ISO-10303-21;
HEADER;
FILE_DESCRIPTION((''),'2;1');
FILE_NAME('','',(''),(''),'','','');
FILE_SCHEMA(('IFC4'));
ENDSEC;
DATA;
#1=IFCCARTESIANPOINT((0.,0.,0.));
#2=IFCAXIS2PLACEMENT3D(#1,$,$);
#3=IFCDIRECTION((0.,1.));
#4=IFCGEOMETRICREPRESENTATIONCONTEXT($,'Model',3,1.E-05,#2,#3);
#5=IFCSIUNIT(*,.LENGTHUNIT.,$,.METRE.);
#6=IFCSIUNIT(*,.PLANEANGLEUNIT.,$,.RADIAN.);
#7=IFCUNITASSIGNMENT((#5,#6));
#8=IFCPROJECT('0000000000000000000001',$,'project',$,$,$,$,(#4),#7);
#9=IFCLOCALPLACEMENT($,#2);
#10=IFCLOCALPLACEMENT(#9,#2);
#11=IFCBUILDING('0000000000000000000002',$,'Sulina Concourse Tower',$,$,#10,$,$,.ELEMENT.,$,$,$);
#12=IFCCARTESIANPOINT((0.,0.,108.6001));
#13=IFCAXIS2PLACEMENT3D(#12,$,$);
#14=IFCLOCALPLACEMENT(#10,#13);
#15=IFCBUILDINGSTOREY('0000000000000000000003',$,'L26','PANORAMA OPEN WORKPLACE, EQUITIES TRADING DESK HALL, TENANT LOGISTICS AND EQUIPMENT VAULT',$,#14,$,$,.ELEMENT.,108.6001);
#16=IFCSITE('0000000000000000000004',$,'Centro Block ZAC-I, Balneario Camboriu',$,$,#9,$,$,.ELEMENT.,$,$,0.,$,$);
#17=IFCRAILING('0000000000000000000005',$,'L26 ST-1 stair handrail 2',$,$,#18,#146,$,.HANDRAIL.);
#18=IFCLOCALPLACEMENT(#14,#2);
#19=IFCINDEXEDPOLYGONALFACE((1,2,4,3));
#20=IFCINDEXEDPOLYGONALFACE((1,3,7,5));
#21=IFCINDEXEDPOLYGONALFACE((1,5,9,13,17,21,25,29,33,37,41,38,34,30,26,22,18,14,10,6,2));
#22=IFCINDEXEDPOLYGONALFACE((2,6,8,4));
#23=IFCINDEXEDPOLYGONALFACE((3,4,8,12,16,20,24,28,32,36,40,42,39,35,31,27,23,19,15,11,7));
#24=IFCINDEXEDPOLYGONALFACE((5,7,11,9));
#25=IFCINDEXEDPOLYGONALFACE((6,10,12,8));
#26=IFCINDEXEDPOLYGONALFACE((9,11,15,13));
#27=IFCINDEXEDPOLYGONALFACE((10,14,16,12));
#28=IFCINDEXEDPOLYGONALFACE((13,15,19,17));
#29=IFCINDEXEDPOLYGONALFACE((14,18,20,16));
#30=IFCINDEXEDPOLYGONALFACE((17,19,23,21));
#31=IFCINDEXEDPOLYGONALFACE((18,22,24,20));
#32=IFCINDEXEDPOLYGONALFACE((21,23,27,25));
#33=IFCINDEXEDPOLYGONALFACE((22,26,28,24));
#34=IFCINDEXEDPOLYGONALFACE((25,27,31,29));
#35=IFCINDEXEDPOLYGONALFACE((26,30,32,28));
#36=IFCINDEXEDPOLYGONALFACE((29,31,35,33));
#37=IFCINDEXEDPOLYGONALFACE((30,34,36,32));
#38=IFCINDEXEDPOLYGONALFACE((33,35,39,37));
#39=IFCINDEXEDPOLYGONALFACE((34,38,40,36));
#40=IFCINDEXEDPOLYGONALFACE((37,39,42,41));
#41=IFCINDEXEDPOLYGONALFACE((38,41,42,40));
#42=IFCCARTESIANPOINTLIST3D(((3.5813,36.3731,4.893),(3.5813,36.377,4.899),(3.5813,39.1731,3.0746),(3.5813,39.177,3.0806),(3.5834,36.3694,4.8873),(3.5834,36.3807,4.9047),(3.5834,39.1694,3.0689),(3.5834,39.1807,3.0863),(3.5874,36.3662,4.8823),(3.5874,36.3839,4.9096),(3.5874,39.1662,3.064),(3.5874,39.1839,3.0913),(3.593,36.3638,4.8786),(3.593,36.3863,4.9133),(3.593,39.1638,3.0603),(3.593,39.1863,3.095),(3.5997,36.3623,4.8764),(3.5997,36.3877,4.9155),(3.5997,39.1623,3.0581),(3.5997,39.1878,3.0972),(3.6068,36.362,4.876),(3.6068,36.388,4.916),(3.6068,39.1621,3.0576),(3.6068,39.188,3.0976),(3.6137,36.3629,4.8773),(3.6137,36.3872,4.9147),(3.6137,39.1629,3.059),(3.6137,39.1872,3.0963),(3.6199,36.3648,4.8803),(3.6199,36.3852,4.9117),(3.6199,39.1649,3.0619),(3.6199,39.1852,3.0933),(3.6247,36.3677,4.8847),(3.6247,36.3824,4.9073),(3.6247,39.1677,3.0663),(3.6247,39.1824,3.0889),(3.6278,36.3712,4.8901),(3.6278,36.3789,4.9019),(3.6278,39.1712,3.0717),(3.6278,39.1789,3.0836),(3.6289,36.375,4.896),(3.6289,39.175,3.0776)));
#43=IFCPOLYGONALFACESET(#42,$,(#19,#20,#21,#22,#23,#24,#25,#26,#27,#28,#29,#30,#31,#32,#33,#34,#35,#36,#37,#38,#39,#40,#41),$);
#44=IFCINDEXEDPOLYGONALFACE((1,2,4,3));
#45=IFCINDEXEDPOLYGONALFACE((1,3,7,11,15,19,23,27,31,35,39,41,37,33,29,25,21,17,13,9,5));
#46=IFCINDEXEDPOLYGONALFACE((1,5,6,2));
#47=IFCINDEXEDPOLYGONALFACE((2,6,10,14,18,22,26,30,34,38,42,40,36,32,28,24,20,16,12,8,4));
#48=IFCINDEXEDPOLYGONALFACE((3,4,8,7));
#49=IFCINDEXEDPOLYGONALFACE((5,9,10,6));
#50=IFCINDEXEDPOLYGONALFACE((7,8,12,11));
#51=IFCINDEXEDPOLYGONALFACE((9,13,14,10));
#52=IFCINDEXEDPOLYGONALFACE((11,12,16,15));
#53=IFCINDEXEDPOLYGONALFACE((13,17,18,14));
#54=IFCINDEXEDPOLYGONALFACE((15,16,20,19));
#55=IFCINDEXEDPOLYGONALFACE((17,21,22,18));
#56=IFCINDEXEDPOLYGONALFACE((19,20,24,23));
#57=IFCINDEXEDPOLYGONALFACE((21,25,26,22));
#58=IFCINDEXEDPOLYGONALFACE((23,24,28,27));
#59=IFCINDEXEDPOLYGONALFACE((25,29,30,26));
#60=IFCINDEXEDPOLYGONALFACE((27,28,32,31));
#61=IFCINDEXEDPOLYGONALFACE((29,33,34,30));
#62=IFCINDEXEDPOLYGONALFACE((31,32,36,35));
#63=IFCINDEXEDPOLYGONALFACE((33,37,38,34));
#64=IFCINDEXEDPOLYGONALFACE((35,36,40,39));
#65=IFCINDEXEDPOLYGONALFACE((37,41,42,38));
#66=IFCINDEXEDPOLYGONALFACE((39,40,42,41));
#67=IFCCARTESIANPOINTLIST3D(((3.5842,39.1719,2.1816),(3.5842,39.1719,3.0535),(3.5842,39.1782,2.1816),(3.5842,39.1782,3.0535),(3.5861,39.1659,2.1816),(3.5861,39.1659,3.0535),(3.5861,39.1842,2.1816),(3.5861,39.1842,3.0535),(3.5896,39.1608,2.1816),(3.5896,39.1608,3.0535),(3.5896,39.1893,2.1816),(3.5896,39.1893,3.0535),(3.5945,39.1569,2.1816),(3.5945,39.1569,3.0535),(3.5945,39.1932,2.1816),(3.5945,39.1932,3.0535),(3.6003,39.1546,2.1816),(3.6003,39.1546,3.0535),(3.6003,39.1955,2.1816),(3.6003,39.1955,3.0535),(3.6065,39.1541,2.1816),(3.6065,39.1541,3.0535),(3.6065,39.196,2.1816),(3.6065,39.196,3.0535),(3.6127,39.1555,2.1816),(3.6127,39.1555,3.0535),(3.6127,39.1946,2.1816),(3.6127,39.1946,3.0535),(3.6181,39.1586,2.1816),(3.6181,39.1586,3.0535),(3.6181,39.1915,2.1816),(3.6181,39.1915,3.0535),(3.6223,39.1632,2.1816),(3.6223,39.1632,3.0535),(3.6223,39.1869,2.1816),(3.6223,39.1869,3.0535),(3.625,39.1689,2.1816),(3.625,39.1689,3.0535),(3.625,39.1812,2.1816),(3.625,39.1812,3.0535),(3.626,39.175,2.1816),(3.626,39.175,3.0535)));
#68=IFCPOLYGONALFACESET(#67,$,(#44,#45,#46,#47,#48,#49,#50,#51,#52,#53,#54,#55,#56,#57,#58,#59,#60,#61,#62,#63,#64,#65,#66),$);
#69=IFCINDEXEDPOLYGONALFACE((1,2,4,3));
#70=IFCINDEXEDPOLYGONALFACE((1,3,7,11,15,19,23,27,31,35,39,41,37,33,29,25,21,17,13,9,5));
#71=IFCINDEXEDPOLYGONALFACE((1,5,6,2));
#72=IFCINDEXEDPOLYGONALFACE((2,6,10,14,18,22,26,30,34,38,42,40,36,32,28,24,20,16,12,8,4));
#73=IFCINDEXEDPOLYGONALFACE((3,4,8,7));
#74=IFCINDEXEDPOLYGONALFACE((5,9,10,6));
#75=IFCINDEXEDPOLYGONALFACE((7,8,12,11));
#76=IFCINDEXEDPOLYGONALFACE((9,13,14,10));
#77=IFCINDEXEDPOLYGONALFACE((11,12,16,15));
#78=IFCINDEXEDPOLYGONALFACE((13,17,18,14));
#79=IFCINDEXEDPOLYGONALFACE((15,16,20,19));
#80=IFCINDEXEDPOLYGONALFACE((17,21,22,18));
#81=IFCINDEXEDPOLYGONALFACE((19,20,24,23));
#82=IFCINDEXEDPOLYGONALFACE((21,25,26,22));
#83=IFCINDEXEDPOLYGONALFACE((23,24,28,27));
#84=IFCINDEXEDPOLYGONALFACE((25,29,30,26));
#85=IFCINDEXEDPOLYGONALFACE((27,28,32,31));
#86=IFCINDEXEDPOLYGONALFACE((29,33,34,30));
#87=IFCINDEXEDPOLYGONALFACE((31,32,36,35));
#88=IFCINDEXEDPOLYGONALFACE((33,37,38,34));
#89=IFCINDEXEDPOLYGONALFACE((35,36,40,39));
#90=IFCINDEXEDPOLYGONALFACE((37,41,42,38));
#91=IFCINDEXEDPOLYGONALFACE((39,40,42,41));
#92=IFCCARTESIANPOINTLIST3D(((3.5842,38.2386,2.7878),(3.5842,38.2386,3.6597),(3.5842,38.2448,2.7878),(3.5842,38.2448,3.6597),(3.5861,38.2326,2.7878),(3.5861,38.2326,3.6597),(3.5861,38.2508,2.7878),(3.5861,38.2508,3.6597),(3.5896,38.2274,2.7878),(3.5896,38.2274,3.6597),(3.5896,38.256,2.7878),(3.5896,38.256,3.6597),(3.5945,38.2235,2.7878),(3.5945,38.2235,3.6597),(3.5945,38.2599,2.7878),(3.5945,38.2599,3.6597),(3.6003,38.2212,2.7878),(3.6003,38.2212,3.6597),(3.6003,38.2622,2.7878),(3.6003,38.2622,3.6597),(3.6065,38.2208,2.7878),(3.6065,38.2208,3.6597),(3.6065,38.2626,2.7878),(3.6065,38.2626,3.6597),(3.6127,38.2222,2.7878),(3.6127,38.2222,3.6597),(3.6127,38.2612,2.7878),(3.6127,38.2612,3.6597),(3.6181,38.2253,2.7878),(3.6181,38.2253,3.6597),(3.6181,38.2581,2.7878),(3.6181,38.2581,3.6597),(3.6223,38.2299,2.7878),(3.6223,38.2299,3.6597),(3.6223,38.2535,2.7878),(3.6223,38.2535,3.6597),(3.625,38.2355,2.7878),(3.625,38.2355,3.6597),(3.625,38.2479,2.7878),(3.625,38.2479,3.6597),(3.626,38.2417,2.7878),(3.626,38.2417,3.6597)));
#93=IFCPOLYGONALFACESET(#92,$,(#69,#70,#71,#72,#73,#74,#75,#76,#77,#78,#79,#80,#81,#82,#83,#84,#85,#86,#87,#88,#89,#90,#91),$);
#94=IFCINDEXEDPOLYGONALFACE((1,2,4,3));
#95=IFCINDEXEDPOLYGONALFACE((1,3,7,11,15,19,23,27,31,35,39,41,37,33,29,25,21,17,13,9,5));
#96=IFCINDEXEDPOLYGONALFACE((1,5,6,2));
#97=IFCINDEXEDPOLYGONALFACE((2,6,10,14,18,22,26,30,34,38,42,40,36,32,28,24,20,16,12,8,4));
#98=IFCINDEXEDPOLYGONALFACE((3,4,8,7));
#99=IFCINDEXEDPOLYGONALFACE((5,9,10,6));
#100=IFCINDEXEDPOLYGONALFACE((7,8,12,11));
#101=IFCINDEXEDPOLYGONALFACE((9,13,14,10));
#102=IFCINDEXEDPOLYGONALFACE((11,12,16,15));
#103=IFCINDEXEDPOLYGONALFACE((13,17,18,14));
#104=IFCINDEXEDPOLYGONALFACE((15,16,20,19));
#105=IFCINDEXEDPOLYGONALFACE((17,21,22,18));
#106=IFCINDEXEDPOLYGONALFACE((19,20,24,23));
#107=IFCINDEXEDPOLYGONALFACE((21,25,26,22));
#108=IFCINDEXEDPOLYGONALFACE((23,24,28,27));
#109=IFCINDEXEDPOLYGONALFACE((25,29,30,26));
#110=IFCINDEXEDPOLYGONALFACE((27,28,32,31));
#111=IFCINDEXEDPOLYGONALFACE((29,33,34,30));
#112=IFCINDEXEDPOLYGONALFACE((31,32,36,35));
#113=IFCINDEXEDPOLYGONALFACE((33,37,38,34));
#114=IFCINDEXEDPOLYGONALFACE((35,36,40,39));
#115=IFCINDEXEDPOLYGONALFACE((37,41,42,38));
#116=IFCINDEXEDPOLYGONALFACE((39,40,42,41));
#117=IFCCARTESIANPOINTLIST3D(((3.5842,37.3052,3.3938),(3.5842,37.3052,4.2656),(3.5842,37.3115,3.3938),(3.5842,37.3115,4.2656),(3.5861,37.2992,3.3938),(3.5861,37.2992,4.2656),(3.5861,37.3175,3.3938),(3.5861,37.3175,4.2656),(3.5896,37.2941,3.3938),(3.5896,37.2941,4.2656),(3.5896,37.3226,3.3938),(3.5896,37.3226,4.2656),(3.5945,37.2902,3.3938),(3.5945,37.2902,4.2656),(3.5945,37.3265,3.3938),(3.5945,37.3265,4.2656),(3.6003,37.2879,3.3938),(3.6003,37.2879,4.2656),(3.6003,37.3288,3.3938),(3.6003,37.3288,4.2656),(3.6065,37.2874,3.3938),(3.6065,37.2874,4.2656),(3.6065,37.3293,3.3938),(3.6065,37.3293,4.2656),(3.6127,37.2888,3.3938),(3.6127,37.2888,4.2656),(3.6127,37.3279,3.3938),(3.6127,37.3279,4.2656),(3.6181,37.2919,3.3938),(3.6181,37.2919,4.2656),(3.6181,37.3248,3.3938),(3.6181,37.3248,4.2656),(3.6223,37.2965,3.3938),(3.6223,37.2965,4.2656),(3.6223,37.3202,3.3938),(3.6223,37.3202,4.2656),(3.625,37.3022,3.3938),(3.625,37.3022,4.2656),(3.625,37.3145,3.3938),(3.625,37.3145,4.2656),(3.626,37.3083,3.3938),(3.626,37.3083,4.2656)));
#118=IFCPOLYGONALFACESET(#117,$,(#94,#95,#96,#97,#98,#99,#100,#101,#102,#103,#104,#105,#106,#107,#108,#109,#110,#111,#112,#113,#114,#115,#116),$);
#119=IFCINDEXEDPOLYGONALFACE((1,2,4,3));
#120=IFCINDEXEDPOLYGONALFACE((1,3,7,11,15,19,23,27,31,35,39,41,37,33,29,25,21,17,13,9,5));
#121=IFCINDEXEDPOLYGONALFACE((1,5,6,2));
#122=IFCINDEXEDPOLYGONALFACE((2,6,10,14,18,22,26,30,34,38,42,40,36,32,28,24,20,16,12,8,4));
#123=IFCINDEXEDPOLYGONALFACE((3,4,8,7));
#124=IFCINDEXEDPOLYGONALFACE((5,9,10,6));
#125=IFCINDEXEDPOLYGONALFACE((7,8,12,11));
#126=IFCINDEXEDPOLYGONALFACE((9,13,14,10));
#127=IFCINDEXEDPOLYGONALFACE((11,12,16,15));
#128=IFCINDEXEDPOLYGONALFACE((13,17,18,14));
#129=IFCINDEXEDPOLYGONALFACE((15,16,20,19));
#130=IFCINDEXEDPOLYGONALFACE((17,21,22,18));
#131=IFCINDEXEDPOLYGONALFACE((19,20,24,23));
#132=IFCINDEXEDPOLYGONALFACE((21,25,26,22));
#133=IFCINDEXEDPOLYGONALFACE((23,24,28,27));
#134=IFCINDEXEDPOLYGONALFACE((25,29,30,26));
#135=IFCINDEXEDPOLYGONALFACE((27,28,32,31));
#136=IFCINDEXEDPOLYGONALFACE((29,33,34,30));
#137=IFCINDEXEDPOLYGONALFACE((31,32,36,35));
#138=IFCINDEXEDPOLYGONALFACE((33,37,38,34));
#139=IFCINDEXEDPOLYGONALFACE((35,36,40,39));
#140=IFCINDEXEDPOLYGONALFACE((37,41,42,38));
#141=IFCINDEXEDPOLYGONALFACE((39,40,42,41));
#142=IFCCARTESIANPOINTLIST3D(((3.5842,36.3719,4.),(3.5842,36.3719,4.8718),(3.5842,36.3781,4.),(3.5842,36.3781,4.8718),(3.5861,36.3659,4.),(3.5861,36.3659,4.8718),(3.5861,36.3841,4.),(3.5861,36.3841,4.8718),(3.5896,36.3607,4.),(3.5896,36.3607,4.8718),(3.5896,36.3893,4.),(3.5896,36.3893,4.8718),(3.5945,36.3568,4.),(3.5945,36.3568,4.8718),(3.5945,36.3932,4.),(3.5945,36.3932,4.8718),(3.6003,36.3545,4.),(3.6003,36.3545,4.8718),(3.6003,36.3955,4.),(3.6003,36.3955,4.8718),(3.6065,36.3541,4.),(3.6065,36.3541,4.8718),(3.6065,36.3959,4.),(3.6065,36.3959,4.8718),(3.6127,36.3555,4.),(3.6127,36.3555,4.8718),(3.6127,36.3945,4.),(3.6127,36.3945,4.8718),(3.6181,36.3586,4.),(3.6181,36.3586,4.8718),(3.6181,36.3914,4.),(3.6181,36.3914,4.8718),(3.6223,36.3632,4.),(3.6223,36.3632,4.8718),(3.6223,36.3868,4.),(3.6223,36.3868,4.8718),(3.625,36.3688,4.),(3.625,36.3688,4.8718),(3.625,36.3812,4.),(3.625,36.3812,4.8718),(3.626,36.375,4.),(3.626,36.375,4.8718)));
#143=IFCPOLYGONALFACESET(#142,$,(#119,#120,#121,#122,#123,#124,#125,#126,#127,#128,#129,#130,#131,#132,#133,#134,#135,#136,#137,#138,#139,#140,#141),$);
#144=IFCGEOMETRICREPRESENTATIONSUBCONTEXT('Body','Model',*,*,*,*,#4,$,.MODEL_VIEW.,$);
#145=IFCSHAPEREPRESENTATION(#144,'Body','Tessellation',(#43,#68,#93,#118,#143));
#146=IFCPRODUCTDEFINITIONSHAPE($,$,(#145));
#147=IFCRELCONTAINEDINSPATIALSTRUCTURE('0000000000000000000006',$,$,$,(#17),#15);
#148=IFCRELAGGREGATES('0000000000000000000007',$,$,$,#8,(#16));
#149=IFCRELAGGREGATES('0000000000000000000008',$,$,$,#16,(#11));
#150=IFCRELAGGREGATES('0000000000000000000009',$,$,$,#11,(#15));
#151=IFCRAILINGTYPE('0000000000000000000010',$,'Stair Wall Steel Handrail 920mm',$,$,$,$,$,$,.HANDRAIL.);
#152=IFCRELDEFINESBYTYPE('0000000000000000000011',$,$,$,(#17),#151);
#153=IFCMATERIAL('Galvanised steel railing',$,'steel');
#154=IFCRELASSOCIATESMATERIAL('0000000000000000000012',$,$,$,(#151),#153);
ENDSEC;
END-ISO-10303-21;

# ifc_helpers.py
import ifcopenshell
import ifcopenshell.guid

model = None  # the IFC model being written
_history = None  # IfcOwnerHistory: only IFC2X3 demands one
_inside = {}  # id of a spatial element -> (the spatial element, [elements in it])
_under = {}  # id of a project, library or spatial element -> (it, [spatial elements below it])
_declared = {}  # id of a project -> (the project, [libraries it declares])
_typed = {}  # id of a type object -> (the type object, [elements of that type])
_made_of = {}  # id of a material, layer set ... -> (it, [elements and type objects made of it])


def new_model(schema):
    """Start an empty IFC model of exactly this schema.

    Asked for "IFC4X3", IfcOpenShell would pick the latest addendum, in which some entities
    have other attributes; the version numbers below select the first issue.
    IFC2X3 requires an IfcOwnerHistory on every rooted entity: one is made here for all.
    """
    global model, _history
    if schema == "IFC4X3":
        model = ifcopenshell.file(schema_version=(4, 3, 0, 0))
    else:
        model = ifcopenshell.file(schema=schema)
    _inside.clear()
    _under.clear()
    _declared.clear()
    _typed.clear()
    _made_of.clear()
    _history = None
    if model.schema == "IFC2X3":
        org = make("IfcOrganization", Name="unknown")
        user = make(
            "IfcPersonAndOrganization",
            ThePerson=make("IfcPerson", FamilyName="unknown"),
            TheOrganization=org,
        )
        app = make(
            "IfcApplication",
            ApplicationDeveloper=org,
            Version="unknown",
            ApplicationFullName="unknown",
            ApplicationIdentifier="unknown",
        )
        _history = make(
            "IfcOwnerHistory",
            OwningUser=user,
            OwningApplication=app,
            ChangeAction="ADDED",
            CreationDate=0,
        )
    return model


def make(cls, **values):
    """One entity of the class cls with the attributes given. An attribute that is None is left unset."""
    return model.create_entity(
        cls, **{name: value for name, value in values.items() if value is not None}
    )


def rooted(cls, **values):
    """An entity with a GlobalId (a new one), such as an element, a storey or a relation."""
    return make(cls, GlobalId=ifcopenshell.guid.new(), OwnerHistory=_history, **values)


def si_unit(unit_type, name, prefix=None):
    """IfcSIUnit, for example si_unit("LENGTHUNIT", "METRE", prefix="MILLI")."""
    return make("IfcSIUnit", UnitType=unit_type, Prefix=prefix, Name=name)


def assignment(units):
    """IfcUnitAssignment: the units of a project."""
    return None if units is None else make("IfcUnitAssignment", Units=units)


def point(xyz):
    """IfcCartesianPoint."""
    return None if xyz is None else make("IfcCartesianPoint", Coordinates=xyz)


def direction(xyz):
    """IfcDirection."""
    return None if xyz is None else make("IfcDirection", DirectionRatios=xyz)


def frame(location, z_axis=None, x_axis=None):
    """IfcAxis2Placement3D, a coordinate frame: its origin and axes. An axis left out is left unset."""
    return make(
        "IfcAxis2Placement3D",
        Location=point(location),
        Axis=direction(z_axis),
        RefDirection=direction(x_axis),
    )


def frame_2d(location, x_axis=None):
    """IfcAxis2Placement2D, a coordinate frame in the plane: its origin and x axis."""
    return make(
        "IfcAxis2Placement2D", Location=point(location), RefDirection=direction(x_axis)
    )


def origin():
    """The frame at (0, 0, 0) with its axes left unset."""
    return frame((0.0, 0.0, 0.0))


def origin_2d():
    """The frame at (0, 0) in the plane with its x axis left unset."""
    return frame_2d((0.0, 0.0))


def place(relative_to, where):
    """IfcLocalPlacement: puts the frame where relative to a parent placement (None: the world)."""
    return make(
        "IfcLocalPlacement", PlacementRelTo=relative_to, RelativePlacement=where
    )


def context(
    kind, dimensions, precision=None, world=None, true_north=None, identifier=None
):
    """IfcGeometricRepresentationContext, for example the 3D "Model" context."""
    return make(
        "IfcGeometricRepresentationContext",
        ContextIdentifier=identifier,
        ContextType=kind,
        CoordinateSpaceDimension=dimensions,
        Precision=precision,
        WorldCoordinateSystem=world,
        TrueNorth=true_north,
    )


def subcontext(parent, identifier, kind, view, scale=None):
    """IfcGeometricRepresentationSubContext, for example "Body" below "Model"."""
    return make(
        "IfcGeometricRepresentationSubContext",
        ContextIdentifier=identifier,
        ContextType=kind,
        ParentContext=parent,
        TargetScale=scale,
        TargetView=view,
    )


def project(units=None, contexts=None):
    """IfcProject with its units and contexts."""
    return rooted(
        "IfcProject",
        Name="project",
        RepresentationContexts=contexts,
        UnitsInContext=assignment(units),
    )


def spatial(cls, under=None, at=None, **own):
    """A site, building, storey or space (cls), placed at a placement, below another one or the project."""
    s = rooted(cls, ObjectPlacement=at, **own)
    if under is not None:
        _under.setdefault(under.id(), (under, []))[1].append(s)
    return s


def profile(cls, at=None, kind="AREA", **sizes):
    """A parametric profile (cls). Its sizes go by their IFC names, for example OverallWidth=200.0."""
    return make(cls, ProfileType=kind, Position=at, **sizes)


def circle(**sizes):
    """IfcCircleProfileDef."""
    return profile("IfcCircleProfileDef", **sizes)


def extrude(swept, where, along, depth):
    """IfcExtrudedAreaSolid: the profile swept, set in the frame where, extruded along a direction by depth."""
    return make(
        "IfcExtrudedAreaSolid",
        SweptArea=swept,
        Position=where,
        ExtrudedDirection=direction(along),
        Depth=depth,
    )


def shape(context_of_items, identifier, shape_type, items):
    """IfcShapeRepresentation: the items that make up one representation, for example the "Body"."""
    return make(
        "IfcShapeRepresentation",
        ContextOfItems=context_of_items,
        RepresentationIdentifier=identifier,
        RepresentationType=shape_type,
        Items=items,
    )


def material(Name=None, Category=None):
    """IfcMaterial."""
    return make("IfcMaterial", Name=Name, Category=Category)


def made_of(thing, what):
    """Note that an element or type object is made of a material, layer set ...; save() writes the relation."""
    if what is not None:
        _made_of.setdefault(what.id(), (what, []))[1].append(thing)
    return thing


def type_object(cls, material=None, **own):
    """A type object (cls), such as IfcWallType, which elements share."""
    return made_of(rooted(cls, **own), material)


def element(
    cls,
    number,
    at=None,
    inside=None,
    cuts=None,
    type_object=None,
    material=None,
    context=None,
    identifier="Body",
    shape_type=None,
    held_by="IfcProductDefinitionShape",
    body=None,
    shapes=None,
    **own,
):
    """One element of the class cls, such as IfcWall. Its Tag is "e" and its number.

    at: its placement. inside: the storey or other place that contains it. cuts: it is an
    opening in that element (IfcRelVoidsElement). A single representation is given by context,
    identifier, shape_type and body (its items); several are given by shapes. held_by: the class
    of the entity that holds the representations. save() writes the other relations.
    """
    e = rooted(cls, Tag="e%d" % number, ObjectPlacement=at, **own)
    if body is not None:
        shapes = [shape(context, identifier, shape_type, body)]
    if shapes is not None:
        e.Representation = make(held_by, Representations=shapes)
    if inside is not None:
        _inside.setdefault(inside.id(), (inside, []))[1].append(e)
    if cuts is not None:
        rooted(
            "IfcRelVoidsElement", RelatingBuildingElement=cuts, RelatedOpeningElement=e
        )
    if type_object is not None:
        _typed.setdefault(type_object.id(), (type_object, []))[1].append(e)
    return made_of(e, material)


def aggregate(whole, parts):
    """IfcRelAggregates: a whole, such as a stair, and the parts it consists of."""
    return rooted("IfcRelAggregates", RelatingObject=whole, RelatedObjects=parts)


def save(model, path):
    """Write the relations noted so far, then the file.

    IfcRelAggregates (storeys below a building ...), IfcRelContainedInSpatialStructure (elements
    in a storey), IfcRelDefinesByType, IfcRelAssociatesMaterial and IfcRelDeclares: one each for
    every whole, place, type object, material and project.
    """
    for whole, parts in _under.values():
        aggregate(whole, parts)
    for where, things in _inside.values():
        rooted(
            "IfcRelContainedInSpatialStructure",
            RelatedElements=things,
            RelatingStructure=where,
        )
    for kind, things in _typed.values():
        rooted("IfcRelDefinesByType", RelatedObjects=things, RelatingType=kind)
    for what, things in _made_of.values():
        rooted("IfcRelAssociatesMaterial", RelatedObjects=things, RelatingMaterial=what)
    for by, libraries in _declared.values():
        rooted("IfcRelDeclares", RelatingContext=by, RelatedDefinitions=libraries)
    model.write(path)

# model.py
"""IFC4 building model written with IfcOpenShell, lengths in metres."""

from ifc_helpers import new_model, si_unit, direction, frame, origin, origin_2d, place, context, subcontext, project, spatial, circle, extrude, material, type_object, element, save


model = new_model("IFC4")

# Units and contexts
model_context = context("Model", 3, precision=1e-05, world=origin(), true_north=direction((0.0, 1.0)))
body_context = subcontext(model_context, "Body", "Model", "MODEL_VIEW")
ifc_project = project(units=[si_unit("LENGTHUNIT", "METRE"), si_unit("PLANEANGLEUNIT", "RADIAN")], contexts=[model_context])

# Site, building, storey
site_placement = place(None, origin())
site = spatial("IfcSite", under=ifc_project, at=site_placement, Name="Centro Block ZAC-I, Balneario Camboriu", CompositionType="ELEMENT", RefElevation=0.0)
building_placement = place(site_placement, origin())
building = spatial("IfcBuilding", under=site, at=building_placement, Name="Sulina Concourse Tower", CompositionType="ELEMENT")
storey_placement = place(building_placement, frame((0.0, 0.0, 108.6001)))
storey = spatial("IfcBuildingStorey", under=building, at=storey_placement, Name="L26", Description="PANORAMA OPEN WORKPLACE, EQUITIES TRADING DESK HALL, TENANT LOGISTICS AND EQUIPMENT VAULT", CompositionType="ELEMENT", Elevation=108.6001)

# Railing
ifc_material_1 = material(Name="Galvanised steel railing", Category="steel")
railing_type_1 = type_object("IfcRailingType", Name="Stair Wall Steel Handrail 920mm", PredefinedType="HANDRAIL", material=ifc_material_1)
railing_1_placement = place(storey_placement, frame((3.605, 39.175, 2.1816)))
element("IfcRailing", 1, at=railing_1_placement, inside=storey, type_object=railing_type_1, Name="L26 ST-1 stair handrail 2", PredefinedType="HANDRAIL", context=body_context, shape_type="SweptSolid", body=[
    extrude(circle(Radius=0.0239, at=origin_2d()), frame((0.0, 0.0, 0.896), z_axis=(0.0, -0.838672, 0.544636), x_axis=(1.0, 0.0, 0.0)), (0.0, 0.0, 1.0), 3.3386),
    extrude(circle(Radius=0.021, at=origin_2d()), origin(), (0.0, 0.0, 1.0), 0.8718),
    extrude(circle(Radius=0.021, at=origin_2d()), frame((0.0, -0.9333, 0.6062)), (0.0, 0.0, 1.0), 0.8718),
    extrude(circle(Radius=0.021, at=origin_2d()), frame((0.0, -1.8667, 1.2122)), (0.0, 0.0, 1.0), 0.8718),
    extrude(circle(Radius=0.021, at=origin_2d()), frame((0.0, -2.8, 1.8184)), (0.0, 0.0, 1.0), 0.8718),
])

save(model, "model.ifc")
